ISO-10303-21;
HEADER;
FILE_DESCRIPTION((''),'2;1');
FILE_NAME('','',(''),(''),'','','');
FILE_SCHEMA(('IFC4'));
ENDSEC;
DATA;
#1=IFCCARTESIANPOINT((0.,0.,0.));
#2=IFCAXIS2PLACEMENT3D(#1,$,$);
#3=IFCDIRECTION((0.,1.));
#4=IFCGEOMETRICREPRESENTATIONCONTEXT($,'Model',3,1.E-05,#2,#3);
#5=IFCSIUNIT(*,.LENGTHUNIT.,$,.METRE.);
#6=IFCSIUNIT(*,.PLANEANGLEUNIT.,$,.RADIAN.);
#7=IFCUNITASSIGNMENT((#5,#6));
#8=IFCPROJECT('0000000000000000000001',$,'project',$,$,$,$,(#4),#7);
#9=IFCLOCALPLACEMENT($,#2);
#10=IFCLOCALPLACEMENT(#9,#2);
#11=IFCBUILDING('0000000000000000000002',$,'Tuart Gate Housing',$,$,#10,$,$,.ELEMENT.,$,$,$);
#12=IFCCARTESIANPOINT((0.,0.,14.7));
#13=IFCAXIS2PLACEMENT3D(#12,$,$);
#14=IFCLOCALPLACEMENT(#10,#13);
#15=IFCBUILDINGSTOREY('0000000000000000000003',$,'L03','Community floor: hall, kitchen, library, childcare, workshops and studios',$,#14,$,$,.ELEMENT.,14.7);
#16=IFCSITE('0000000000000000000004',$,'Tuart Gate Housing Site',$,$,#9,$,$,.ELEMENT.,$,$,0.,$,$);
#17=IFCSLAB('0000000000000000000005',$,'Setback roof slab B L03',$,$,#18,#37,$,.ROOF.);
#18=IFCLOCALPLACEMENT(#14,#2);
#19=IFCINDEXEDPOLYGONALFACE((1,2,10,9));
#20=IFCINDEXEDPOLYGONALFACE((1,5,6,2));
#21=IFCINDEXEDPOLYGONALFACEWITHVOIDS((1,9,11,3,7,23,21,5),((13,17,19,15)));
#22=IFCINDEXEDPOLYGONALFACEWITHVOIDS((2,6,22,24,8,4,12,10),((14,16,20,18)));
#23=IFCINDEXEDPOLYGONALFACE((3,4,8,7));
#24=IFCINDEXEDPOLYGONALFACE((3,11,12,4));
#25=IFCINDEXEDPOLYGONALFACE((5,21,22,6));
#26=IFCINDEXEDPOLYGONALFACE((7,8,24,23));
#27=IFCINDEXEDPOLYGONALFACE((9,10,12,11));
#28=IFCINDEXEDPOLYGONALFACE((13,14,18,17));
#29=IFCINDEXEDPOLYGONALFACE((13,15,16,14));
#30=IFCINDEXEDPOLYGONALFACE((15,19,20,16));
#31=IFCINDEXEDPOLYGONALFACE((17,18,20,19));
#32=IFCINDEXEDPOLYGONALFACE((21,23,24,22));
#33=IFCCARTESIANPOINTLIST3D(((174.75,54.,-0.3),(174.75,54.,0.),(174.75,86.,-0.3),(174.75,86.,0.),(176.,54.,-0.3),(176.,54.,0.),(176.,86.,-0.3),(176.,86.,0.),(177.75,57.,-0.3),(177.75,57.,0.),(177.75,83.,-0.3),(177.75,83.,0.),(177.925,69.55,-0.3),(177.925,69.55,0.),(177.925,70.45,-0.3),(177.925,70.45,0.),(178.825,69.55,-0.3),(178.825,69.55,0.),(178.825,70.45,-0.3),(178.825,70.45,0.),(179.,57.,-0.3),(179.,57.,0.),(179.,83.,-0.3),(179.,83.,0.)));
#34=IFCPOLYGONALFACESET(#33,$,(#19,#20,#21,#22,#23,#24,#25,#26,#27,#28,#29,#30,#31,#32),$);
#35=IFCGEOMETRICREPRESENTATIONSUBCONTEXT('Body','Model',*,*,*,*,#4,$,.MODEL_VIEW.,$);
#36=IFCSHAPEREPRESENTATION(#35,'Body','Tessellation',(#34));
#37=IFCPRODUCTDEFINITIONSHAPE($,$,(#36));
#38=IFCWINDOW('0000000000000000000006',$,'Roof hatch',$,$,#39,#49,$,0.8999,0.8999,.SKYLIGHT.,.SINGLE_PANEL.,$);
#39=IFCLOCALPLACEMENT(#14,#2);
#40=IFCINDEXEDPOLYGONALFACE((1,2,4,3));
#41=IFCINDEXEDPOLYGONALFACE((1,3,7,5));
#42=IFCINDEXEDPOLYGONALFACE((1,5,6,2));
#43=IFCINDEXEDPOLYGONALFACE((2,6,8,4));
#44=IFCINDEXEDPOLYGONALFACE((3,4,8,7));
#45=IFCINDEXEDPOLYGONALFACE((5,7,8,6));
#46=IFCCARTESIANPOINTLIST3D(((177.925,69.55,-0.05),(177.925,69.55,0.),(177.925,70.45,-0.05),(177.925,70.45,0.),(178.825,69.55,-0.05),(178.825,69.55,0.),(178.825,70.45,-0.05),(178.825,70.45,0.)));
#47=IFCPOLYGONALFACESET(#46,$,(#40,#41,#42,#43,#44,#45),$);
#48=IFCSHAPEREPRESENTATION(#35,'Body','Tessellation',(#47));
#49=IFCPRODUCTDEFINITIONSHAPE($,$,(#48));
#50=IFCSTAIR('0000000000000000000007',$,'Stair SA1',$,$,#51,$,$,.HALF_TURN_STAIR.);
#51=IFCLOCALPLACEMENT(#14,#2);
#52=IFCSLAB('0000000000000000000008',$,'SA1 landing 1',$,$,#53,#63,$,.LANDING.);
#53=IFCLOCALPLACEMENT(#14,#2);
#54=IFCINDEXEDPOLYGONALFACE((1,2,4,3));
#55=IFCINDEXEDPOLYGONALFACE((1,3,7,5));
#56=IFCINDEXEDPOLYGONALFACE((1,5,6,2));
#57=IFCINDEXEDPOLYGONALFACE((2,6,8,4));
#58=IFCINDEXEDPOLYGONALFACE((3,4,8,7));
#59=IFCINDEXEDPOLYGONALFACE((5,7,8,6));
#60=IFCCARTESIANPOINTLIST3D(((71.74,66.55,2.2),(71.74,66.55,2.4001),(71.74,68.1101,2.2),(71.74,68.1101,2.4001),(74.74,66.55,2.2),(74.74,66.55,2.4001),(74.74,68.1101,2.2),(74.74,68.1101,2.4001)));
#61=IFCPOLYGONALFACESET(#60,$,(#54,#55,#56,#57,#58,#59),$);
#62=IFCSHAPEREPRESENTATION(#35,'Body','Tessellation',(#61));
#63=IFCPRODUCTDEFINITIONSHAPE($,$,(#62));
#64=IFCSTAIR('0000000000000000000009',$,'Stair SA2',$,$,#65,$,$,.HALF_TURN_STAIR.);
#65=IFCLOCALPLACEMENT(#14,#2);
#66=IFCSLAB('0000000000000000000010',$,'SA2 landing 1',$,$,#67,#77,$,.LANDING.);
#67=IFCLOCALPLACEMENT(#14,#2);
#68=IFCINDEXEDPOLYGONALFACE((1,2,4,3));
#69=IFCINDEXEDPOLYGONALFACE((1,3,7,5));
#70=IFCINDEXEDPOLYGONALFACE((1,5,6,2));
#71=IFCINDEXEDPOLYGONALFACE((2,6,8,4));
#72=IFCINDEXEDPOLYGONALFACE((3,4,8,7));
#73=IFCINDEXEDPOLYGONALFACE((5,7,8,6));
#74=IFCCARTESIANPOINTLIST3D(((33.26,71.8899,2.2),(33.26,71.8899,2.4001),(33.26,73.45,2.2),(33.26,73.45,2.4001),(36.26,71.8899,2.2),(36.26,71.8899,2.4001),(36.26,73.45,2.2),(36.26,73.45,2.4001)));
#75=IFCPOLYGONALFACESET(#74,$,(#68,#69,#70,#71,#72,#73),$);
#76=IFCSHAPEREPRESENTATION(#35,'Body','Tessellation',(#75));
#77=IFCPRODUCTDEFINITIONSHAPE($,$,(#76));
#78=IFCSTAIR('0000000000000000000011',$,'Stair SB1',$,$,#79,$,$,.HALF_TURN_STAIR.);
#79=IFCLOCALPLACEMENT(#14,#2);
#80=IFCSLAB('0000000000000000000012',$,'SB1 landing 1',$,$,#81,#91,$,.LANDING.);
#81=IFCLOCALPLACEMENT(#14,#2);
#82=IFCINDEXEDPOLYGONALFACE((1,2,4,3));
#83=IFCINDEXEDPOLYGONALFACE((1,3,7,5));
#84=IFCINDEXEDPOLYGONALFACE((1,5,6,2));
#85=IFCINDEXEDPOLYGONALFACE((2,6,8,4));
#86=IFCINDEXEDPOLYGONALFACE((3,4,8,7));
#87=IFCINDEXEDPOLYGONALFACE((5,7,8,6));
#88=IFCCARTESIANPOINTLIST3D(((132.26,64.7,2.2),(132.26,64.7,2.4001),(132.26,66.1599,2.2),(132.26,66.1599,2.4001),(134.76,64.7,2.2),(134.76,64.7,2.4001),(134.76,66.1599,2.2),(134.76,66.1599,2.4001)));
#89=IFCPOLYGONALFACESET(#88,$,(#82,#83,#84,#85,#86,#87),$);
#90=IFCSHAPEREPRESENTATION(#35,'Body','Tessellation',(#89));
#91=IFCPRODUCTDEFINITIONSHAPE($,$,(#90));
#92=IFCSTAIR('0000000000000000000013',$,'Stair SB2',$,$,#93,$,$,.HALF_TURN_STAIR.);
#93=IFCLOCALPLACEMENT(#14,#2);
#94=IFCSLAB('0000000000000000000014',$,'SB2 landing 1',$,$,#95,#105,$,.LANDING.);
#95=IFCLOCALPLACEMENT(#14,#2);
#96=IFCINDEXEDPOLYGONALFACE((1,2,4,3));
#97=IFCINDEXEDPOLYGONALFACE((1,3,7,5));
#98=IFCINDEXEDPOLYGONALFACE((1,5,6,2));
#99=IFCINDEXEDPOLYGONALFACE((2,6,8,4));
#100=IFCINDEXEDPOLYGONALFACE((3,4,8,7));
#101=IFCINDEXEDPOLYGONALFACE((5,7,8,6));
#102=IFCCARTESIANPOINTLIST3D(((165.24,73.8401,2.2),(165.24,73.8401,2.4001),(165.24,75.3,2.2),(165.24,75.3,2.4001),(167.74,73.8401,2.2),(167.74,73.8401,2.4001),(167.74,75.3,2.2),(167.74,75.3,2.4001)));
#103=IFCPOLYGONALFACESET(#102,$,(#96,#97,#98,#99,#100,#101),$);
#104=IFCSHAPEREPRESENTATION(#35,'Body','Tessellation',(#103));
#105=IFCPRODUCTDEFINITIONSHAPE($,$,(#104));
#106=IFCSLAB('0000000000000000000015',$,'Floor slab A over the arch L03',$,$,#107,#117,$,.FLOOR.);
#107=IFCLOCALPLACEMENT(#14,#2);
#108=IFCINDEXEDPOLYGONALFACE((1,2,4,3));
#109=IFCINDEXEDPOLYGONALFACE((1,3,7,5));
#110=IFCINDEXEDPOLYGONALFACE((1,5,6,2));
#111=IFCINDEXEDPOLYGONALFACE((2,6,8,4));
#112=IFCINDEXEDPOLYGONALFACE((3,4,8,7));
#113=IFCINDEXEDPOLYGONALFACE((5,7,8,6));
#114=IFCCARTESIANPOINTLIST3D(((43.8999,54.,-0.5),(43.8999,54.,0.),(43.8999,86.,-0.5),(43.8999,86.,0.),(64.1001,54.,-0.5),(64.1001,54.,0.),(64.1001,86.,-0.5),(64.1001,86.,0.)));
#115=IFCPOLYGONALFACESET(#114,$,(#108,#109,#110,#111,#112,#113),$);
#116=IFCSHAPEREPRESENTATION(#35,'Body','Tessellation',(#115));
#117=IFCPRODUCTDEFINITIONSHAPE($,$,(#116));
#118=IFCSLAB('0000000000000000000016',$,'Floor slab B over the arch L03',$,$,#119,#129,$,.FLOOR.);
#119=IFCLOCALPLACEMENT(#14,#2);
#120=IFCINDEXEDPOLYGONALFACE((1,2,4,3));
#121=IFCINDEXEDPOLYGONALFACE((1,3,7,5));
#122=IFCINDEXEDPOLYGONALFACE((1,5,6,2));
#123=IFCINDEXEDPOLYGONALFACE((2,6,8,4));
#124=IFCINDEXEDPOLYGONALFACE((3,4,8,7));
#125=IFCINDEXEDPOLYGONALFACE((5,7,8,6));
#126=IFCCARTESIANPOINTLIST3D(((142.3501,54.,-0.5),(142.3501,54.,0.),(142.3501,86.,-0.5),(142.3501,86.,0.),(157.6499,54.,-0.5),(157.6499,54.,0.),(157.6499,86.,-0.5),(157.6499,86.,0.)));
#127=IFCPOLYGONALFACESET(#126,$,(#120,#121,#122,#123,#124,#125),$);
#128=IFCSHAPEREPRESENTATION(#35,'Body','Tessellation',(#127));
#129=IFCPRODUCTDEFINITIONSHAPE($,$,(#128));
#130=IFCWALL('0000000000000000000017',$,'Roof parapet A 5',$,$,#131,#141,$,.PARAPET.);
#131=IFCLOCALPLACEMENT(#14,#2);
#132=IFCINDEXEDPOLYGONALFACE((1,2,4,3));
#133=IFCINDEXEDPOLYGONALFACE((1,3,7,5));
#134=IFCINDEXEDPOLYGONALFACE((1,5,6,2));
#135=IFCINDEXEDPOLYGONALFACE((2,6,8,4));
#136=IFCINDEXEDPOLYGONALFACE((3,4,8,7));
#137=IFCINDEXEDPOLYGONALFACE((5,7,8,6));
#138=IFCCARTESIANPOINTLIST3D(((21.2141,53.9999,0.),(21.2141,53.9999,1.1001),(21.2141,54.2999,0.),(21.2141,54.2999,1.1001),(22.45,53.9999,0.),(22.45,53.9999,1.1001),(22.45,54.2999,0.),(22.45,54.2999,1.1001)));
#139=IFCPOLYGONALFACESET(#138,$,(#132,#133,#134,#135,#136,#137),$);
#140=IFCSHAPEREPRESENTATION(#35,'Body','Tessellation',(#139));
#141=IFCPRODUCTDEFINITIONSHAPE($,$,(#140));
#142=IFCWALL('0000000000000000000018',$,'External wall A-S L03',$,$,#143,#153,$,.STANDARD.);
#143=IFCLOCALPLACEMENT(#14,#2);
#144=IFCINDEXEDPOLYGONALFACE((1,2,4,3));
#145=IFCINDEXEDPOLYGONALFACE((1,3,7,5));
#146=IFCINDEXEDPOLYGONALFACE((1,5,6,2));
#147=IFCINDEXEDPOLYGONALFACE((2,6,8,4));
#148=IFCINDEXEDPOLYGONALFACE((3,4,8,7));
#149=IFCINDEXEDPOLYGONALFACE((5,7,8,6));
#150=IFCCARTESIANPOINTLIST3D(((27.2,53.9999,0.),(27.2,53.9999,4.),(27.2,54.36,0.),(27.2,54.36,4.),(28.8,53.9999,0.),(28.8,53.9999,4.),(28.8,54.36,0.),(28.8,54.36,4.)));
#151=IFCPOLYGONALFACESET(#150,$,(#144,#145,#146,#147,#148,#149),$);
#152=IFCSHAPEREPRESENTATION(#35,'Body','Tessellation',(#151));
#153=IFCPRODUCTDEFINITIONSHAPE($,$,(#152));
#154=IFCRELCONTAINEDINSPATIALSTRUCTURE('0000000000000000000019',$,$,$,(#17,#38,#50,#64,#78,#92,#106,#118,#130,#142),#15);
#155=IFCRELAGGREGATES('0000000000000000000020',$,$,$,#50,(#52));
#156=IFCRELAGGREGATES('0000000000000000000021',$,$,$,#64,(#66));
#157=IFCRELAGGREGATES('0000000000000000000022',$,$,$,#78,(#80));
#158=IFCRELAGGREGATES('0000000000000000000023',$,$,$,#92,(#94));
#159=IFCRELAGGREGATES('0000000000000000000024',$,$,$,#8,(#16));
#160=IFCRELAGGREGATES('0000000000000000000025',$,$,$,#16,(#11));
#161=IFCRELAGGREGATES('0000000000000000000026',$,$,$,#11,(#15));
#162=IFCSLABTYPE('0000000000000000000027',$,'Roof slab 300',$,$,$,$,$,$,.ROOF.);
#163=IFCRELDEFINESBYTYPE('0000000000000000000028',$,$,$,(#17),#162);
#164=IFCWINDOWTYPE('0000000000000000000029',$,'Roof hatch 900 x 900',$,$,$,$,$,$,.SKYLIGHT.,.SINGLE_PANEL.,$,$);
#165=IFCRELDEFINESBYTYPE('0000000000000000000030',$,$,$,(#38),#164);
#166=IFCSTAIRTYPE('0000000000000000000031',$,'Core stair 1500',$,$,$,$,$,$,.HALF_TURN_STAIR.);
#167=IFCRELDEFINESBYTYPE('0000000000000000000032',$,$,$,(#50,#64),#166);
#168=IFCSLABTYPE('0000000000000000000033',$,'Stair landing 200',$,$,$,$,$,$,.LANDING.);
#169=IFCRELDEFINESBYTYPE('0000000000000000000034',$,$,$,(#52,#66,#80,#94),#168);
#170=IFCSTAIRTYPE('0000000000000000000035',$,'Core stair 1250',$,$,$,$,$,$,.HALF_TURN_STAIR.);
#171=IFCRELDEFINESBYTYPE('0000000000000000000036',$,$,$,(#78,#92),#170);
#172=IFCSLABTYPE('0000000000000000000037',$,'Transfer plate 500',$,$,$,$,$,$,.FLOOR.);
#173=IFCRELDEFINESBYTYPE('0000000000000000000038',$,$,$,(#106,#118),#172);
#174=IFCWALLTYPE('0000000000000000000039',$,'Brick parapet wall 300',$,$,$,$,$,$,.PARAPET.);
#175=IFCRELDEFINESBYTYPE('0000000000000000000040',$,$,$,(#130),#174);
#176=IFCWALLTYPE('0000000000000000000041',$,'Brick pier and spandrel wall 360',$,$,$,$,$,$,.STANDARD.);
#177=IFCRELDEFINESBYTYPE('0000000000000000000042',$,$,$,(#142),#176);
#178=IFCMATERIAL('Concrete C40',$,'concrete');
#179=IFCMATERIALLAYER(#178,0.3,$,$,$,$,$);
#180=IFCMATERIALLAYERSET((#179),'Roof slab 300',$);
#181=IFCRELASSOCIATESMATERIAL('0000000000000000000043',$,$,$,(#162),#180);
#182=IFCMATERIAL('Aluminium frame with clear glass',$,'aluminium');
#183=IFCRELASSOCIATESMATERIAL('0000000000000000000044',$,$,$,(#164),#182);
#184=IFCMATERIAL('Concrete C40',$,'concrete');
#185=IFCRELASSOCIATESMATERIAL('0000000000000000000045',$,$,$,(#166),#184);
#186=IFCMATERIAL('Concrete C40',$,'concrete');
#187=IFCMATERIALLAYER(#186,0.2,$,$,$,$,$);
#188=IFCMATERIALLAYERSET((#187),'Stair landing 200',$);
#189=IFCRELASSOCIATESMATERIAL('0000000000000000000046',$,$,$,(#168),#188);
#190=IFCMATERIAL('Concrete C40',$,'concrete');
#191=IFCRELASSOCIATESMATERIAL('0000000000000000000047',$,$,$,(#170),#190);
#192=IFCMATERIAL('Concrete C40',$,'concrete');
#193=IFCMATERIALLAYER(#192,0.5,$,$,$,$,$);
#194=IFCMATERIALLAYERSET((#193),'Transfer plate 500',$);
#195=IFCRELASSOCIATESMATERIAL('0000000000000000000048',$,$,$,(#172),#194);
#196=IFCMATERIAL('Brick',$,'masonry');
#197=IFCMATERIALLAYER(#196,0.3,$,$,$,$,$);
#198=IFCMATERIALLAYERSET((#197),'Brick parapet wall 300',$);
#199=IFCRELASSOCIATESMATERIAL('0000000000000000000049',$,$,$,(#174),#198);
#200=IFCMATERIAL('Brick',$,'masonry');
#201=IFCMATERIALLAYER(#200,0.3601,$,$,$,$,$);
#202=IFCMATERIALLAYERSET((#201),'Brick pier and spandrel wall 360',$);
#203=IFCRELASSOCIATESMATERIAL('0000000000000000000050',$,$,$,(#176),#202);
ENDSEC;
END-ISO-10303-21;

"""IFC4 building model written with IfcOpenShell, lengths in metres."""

from ifc_helpers import new_model, si_unit, direction, frame, frame_2d, origin, origin_2d, place, context, subcontext, project, spatial, polyline, rectangle, outline, extrude, material, layer, layer_set, type_object, element, fill, aggregate, save


model = new_model("IFC4")

# Units and contexts
model_context = context("Model", 3, precision=1e-05, world=origin(), true_north=direction((0.0, 1.0)))
body_context = subcontext(model_context, "Body", "Model", "MODEL_VIEW")
ifc_project = project(units=[si_unit("LENGTHUNIT", "METRE"), si_unit("PLANEANGLEUNIT", "RADIAN")], contexts=[model_context])

# Site, building, storey
site_placement = place(None, origin())
site = spatial("IfcSite", under=ifc_project, at=site_placement, Name="Tuart Gate Housing Site", CompositionType="ELEMENT", RefElevation=0.0)
building_placement = place(site_placement, origin())
building = spatial("IfcBuilding", under=site, at=building_placement, Name="Tuart Gate Housing", CompositionType="ELEMENT")
storey_placement = place(building_placement, frame((0.0, 0.0, 14.7)))
storey = spatial("IfcBuildingStorey", under=building, at=storey_placement, Name="L03", Description="Community floor: hall, kitchen, library, childcare, workshops and studios", CompositionType="ELEMENT", Elevation=14.7)

# Slab, opening, window
ifc_material_1 = material(Name="Concrete C40", Category="concrete")
ifc_layer_1 = layer(ifc_material_1, 0.3)
ifc_layer_set_1 = layer_set([ifc_layer_1], Name="Roof slab 300")
slab_type_1 = type_object("IfcSlabType", Name="Roof slab 300", PredefinedType="ROOF", material=ifc_layer_set_1)
ifc_material_2 = material(Name="Aluminium frame with clear glass", Category="aluminium")
window_type = type_object("IfcWindowType", Name="Roof hatch 900 x 900", PartitioningType="SINGLE_PANEL", PredefinedType="SKYLIGHT", material=ifc_material_2)
slab_1_placement = place(storey_placement, frame((0.0, 0.0, -0.3)))
slab_1 = element("IfcSlab", 1, at=slab_1_placement, inside=storey, type_object=slab_type_1, Name="Setback roof slab B L03", PredefinedType="ROOF", context=body_context, shape_type="SweptSolid", body=[
    extrude(outline(polyline([(176.0, 86.0), (174.75, 86.0), (177.75, 83.0), (177.75, 57.0), (174.75, 54.0), (176.0, 54.0), (179.0, 57.0), (179.0, 83.0), (176.0, 86.0)])), origin(), (0.0, 0.0, 1.0), 0.3),
])
opening_1_placement = place(slab_1_placement, frame((178.375, 70.0, 0.0)))
opening_1 = element("IfcOpeningElement", 2, at=opening_1_placement, cuts=slab_1, PredefinedType="OPENING", context=body_context, shape_type="SweptSolid", body=[
    extrude(rectangle(XDim=0.8999, YDim=0.8999, at=origin_2d()), frame((0.0, 0.0, -0.01)), (0.0, 0.0, 1.0), 0.3201),
])
window_1_placement = place(opening_1_placement, frame((0.0, 0.0, 0.25)))
window_1 = element("IfcWindow", 3, at=window_1_placement, inside=storey, type_object=window_type, Name="Roof hatch", OverallHeight=0.8999, OverallWidth=0.8999, PartitioningType="SINGLE_PANEL", PredefinedType="SKYLIGHT", context=body_context, shape_type="SweptSolid", body=[
    extrude(rectangle(XDim=0.8999, YDim=0.8999, at=origin_2d()), origin(), (0.0, 0.0, 1.0), 0.05),
])
fill(opening_1, window_1)

# Stairs, slabs
ifc_material_3 = material(Name="Concrete C40", Category="concrete")
stair_type_1 = type_object("IfcStairType", Name="Core stair 1500", PredefinedType="HALF_TURN_STAIR", material=ifc_material_3)
stair_1_placement = place(storey_placement, origin())
stair_1 = element("IfcStair", 4, at=stair_1_placement, inside=storey, type_object=stair_type_1, Name="Stair SA1", PredefinedType="HALF_TURN_STAIR")
ifc_material_4 = material(Name="Concrete C40", Category="concrete")
ifc_layer_2 = layer(ifc_material_4, 0.2)
ifc_layer_set_2 = layer_set([ifc_layer_2], Name="Stair landing 200")
slab_type_2 = type_object("IfcSlabType", Name="Stair landing 200", PredefinedType="LANDING", material=ifc_layer_set_2)
slab_2_placement = place(storey_placement, frame((0.0, 0.0, 2.2)))
slab_2 = element("IfcSlab", 5, at=slab_2_placement, type_object=slab_type_2, Name="SA1 landing 1", PredefinedType="LANDING", context=body_context, shape_type="SweptSolid", body=[
    extrude(outline(polyline([(71.74, 66.55), (74.74, 66.55), (74.74, 68.1101), (71.74, 68.1101), (71.74, 66.55)])), origin(), (0.0, 0.0, 1.0), 0.2002),
])
aggregate(stair_1, [slab_2])
stair_2_placement = place(storey_placement, origin())
stair_2 = element("IfcStair", 6, at=stair_2_placement, inside=storey, type_object=stair_type_1, Name="Stair SA2", PredefinedType="HALF_TURN_STAIR")
slab_3_placement = place(storey_placement, frame((0.0, 0.0, 2.2)))
slab_3 = element("IfcSlab", 7, at=slab_3_placement, type_object=slab_type_2, Name="SA2 landing 1", PredefinedType="LANDING", context=body_context, shape_type="SweptSolid", body=[
    extrude(outline(polyline([(36.26, 73.45), (33.26, 73.45), (33.26, 71.8899), (36.26, 71.8899), (36.26, 73.45)])), origin(), (0.0, 0.0, 1.0), 0.2002),
])
aggregate(stair_2, [slab_3])
ifc_material_5 = material(Name="Concrete C40", Category="concrete")
stair_type_2 = type_object("IfcStairType", Name="Core stair 1250", PredefinedType="HALF_TURN_STAIR", material=ifc_material_5)
stair_3_placement = place(storey_placement, origin())
stair_3 = element("IfcStair", 8, at=stair_3_placement, inside=storey, type_object=stair_type_2, Name="Stair SB1", PredefinedType="HALF_TURN_STAIR")
slab_4_placement = place(storey_placement, frame((0.0, 0.0, 2.2)))
slab_4 = element("IfcSlab", 9, at=slab_4_placement, type_object=slab_type_2, Name="SB1 landing 1", PredefinedType="LANDING", context=body_context, shape_type="SweptSolid", body=[
    extrude(outline(polyline([(134.76, 66.1599), (132.26, 66.1599), (132.26, 64.7), (134.76, 64.7), (134.76, 66.1599)])), origin(), (0.0, 0.0, 1.0), 0.2002),
])
aggregate(stair_3, [slab_4])
stair_4_placement = place(storey_placement, origin())
stair_4 = element("IfcStair", 10, at=stair_4_placement, inside=storey, type_object=stair_type_2, Name="Stair SB2", PredefinedType="HALF_TURN_STAIR")
slab_5_placement = place(storey_placement, frame((0.0, 0.0, 2.2)))
slab_5 = element("IfcSlab", 11, at=slab_5_placement, type_object=slab_type_2, Name="SB2 landing 1", PredefinedType="LANDING", context=body_context, shape_type="SweptSolid", body=[
    extrude(outline(polyline([(165.24, 73.8401), (167.74, 73.8401), (167.74, 75.3), (165.24, 75.3), (165.24, 73.8401)])), origin(), (0.0, 0.0, 1.0), 0.2002),
])
aggregate(stair_4, [slab_5])

# Slabs
ifc_material_6 = material(Name="Concrete C40", Category="concrete")
ifc_layer_3 = layer(ifc_material_6, 0.5)
ifc_layer_set_3 = layer_set([ifc_layer_3], Name="Transfer plate 500")
slab_type_3 = type_object("IfcSlabType", Name="Transfer plate 500", PredefinedType="FLOOR", material=ifc_layer_set_3)
slab_6_placement = place(storey_placement, frame((0.0, 0.0, -0.5)))
element("IfcSlab", 12, at=slab_6_placement, inside=storey, type_object=slab_type_3, Name="Floor slab A over the arch L03", PredefinedType="FLOOR", context=body_context, shape_type="SweptSolid", body=[
    extrude(outline(polyline([(64.1001, 86.0), (43.8999, 86.0), (43.8999, 54.0), (64.1001, 54.0), (64.1001, 86.0)])), origin(), (0.0, 0.0, 1.0), 0.5),
])
slab_7_placement = place(storey_placement, frame((0.0, 0.0, -0.5)))
element("IfcSlab", 13, at=slab_7_placement, inside=storey, type_object=slab_type_3, Name="Floor slab B over the arch L03", PredefinedType="FLOOR", context=body_context, shape_type="SweptSolid", body=[
    extrude(outline(polyline([(157.6499, 86.0), (142.3501, 86.0), (142.3501, 54.0), (157.6499, 54.0), (157.6499, 86.0)])), origin(), (0.0, 0.0, 1.0), 0.5),
])

# Walls
ifc_material_7 = material(Name="Brick", Category="masonry")
ifc_layer_4 = layer(ifc_material_7, 0.3)
ifc_layer_set_4 = layer_set([ifc_layer_4], Name="Brick parapet wall 300")
wall_type_1 = type_object("IfcWallType", Name="Brick parapet wall 300", PredefinedType="PARAPET", material=ifc_layer_set_4)
wall_1_placement = place(storey_placement, frame((21.2141, 54.1499, 0.0), z_axis=(0.0, 0.0, 1.0), x_axis=(1.0, 0.0, 0.0)))
element("IfcWall", 14, at=wall_1_placement, inside=storey, type_object=wall_type_1, Name="Roof parapet A 5", PredefinedType="PARAPET", context=body_context, shape_type="SweptSolid", body=[
    extrude(rectangle(XDim=1.2358, YDim=0.3, at=frame_2d((0.6179, 0.0))), origin(), (0.0, 0.0, 1.0), 1.1001),
])
ifc_material_8 = material(Name="Brick", Category="masonry")
ifc_layer_5 = layer(ifc_material_8, 0.3601)
ifc_layer_set_5 = layer_set([ifc_layer_5], Name="Brick pier and spandrel wall 360")
wall_type_2 = type_object("IfcWallType", Name="Brick pier and spandrel wall 360", PredefinedType="STANDARD", material=ifc_layer_set_5)
wall_2_placement = place(storey_placement, frame((27.2, 54.1799, 0.0), z_axis=(0.0, 0.0, 1.0), x_axis=(1.0, 0.0, 0.0)))
element("IfcWall", 15, at=wall_2_placement, inside=storey, type_object=wall_type_2, Name="External wall A-S L03", PredefinedType="STANDARD", context=body_context, shape_type="SweptSolid", body=[
    extrude(rectangle(XDim=1.6001, YDim=0.3601, at=frame_2d((0.8, 0.0))), origin(), (0.0, 0.0, 1.0), 4.0),
])

save(model, "model.ifc")
